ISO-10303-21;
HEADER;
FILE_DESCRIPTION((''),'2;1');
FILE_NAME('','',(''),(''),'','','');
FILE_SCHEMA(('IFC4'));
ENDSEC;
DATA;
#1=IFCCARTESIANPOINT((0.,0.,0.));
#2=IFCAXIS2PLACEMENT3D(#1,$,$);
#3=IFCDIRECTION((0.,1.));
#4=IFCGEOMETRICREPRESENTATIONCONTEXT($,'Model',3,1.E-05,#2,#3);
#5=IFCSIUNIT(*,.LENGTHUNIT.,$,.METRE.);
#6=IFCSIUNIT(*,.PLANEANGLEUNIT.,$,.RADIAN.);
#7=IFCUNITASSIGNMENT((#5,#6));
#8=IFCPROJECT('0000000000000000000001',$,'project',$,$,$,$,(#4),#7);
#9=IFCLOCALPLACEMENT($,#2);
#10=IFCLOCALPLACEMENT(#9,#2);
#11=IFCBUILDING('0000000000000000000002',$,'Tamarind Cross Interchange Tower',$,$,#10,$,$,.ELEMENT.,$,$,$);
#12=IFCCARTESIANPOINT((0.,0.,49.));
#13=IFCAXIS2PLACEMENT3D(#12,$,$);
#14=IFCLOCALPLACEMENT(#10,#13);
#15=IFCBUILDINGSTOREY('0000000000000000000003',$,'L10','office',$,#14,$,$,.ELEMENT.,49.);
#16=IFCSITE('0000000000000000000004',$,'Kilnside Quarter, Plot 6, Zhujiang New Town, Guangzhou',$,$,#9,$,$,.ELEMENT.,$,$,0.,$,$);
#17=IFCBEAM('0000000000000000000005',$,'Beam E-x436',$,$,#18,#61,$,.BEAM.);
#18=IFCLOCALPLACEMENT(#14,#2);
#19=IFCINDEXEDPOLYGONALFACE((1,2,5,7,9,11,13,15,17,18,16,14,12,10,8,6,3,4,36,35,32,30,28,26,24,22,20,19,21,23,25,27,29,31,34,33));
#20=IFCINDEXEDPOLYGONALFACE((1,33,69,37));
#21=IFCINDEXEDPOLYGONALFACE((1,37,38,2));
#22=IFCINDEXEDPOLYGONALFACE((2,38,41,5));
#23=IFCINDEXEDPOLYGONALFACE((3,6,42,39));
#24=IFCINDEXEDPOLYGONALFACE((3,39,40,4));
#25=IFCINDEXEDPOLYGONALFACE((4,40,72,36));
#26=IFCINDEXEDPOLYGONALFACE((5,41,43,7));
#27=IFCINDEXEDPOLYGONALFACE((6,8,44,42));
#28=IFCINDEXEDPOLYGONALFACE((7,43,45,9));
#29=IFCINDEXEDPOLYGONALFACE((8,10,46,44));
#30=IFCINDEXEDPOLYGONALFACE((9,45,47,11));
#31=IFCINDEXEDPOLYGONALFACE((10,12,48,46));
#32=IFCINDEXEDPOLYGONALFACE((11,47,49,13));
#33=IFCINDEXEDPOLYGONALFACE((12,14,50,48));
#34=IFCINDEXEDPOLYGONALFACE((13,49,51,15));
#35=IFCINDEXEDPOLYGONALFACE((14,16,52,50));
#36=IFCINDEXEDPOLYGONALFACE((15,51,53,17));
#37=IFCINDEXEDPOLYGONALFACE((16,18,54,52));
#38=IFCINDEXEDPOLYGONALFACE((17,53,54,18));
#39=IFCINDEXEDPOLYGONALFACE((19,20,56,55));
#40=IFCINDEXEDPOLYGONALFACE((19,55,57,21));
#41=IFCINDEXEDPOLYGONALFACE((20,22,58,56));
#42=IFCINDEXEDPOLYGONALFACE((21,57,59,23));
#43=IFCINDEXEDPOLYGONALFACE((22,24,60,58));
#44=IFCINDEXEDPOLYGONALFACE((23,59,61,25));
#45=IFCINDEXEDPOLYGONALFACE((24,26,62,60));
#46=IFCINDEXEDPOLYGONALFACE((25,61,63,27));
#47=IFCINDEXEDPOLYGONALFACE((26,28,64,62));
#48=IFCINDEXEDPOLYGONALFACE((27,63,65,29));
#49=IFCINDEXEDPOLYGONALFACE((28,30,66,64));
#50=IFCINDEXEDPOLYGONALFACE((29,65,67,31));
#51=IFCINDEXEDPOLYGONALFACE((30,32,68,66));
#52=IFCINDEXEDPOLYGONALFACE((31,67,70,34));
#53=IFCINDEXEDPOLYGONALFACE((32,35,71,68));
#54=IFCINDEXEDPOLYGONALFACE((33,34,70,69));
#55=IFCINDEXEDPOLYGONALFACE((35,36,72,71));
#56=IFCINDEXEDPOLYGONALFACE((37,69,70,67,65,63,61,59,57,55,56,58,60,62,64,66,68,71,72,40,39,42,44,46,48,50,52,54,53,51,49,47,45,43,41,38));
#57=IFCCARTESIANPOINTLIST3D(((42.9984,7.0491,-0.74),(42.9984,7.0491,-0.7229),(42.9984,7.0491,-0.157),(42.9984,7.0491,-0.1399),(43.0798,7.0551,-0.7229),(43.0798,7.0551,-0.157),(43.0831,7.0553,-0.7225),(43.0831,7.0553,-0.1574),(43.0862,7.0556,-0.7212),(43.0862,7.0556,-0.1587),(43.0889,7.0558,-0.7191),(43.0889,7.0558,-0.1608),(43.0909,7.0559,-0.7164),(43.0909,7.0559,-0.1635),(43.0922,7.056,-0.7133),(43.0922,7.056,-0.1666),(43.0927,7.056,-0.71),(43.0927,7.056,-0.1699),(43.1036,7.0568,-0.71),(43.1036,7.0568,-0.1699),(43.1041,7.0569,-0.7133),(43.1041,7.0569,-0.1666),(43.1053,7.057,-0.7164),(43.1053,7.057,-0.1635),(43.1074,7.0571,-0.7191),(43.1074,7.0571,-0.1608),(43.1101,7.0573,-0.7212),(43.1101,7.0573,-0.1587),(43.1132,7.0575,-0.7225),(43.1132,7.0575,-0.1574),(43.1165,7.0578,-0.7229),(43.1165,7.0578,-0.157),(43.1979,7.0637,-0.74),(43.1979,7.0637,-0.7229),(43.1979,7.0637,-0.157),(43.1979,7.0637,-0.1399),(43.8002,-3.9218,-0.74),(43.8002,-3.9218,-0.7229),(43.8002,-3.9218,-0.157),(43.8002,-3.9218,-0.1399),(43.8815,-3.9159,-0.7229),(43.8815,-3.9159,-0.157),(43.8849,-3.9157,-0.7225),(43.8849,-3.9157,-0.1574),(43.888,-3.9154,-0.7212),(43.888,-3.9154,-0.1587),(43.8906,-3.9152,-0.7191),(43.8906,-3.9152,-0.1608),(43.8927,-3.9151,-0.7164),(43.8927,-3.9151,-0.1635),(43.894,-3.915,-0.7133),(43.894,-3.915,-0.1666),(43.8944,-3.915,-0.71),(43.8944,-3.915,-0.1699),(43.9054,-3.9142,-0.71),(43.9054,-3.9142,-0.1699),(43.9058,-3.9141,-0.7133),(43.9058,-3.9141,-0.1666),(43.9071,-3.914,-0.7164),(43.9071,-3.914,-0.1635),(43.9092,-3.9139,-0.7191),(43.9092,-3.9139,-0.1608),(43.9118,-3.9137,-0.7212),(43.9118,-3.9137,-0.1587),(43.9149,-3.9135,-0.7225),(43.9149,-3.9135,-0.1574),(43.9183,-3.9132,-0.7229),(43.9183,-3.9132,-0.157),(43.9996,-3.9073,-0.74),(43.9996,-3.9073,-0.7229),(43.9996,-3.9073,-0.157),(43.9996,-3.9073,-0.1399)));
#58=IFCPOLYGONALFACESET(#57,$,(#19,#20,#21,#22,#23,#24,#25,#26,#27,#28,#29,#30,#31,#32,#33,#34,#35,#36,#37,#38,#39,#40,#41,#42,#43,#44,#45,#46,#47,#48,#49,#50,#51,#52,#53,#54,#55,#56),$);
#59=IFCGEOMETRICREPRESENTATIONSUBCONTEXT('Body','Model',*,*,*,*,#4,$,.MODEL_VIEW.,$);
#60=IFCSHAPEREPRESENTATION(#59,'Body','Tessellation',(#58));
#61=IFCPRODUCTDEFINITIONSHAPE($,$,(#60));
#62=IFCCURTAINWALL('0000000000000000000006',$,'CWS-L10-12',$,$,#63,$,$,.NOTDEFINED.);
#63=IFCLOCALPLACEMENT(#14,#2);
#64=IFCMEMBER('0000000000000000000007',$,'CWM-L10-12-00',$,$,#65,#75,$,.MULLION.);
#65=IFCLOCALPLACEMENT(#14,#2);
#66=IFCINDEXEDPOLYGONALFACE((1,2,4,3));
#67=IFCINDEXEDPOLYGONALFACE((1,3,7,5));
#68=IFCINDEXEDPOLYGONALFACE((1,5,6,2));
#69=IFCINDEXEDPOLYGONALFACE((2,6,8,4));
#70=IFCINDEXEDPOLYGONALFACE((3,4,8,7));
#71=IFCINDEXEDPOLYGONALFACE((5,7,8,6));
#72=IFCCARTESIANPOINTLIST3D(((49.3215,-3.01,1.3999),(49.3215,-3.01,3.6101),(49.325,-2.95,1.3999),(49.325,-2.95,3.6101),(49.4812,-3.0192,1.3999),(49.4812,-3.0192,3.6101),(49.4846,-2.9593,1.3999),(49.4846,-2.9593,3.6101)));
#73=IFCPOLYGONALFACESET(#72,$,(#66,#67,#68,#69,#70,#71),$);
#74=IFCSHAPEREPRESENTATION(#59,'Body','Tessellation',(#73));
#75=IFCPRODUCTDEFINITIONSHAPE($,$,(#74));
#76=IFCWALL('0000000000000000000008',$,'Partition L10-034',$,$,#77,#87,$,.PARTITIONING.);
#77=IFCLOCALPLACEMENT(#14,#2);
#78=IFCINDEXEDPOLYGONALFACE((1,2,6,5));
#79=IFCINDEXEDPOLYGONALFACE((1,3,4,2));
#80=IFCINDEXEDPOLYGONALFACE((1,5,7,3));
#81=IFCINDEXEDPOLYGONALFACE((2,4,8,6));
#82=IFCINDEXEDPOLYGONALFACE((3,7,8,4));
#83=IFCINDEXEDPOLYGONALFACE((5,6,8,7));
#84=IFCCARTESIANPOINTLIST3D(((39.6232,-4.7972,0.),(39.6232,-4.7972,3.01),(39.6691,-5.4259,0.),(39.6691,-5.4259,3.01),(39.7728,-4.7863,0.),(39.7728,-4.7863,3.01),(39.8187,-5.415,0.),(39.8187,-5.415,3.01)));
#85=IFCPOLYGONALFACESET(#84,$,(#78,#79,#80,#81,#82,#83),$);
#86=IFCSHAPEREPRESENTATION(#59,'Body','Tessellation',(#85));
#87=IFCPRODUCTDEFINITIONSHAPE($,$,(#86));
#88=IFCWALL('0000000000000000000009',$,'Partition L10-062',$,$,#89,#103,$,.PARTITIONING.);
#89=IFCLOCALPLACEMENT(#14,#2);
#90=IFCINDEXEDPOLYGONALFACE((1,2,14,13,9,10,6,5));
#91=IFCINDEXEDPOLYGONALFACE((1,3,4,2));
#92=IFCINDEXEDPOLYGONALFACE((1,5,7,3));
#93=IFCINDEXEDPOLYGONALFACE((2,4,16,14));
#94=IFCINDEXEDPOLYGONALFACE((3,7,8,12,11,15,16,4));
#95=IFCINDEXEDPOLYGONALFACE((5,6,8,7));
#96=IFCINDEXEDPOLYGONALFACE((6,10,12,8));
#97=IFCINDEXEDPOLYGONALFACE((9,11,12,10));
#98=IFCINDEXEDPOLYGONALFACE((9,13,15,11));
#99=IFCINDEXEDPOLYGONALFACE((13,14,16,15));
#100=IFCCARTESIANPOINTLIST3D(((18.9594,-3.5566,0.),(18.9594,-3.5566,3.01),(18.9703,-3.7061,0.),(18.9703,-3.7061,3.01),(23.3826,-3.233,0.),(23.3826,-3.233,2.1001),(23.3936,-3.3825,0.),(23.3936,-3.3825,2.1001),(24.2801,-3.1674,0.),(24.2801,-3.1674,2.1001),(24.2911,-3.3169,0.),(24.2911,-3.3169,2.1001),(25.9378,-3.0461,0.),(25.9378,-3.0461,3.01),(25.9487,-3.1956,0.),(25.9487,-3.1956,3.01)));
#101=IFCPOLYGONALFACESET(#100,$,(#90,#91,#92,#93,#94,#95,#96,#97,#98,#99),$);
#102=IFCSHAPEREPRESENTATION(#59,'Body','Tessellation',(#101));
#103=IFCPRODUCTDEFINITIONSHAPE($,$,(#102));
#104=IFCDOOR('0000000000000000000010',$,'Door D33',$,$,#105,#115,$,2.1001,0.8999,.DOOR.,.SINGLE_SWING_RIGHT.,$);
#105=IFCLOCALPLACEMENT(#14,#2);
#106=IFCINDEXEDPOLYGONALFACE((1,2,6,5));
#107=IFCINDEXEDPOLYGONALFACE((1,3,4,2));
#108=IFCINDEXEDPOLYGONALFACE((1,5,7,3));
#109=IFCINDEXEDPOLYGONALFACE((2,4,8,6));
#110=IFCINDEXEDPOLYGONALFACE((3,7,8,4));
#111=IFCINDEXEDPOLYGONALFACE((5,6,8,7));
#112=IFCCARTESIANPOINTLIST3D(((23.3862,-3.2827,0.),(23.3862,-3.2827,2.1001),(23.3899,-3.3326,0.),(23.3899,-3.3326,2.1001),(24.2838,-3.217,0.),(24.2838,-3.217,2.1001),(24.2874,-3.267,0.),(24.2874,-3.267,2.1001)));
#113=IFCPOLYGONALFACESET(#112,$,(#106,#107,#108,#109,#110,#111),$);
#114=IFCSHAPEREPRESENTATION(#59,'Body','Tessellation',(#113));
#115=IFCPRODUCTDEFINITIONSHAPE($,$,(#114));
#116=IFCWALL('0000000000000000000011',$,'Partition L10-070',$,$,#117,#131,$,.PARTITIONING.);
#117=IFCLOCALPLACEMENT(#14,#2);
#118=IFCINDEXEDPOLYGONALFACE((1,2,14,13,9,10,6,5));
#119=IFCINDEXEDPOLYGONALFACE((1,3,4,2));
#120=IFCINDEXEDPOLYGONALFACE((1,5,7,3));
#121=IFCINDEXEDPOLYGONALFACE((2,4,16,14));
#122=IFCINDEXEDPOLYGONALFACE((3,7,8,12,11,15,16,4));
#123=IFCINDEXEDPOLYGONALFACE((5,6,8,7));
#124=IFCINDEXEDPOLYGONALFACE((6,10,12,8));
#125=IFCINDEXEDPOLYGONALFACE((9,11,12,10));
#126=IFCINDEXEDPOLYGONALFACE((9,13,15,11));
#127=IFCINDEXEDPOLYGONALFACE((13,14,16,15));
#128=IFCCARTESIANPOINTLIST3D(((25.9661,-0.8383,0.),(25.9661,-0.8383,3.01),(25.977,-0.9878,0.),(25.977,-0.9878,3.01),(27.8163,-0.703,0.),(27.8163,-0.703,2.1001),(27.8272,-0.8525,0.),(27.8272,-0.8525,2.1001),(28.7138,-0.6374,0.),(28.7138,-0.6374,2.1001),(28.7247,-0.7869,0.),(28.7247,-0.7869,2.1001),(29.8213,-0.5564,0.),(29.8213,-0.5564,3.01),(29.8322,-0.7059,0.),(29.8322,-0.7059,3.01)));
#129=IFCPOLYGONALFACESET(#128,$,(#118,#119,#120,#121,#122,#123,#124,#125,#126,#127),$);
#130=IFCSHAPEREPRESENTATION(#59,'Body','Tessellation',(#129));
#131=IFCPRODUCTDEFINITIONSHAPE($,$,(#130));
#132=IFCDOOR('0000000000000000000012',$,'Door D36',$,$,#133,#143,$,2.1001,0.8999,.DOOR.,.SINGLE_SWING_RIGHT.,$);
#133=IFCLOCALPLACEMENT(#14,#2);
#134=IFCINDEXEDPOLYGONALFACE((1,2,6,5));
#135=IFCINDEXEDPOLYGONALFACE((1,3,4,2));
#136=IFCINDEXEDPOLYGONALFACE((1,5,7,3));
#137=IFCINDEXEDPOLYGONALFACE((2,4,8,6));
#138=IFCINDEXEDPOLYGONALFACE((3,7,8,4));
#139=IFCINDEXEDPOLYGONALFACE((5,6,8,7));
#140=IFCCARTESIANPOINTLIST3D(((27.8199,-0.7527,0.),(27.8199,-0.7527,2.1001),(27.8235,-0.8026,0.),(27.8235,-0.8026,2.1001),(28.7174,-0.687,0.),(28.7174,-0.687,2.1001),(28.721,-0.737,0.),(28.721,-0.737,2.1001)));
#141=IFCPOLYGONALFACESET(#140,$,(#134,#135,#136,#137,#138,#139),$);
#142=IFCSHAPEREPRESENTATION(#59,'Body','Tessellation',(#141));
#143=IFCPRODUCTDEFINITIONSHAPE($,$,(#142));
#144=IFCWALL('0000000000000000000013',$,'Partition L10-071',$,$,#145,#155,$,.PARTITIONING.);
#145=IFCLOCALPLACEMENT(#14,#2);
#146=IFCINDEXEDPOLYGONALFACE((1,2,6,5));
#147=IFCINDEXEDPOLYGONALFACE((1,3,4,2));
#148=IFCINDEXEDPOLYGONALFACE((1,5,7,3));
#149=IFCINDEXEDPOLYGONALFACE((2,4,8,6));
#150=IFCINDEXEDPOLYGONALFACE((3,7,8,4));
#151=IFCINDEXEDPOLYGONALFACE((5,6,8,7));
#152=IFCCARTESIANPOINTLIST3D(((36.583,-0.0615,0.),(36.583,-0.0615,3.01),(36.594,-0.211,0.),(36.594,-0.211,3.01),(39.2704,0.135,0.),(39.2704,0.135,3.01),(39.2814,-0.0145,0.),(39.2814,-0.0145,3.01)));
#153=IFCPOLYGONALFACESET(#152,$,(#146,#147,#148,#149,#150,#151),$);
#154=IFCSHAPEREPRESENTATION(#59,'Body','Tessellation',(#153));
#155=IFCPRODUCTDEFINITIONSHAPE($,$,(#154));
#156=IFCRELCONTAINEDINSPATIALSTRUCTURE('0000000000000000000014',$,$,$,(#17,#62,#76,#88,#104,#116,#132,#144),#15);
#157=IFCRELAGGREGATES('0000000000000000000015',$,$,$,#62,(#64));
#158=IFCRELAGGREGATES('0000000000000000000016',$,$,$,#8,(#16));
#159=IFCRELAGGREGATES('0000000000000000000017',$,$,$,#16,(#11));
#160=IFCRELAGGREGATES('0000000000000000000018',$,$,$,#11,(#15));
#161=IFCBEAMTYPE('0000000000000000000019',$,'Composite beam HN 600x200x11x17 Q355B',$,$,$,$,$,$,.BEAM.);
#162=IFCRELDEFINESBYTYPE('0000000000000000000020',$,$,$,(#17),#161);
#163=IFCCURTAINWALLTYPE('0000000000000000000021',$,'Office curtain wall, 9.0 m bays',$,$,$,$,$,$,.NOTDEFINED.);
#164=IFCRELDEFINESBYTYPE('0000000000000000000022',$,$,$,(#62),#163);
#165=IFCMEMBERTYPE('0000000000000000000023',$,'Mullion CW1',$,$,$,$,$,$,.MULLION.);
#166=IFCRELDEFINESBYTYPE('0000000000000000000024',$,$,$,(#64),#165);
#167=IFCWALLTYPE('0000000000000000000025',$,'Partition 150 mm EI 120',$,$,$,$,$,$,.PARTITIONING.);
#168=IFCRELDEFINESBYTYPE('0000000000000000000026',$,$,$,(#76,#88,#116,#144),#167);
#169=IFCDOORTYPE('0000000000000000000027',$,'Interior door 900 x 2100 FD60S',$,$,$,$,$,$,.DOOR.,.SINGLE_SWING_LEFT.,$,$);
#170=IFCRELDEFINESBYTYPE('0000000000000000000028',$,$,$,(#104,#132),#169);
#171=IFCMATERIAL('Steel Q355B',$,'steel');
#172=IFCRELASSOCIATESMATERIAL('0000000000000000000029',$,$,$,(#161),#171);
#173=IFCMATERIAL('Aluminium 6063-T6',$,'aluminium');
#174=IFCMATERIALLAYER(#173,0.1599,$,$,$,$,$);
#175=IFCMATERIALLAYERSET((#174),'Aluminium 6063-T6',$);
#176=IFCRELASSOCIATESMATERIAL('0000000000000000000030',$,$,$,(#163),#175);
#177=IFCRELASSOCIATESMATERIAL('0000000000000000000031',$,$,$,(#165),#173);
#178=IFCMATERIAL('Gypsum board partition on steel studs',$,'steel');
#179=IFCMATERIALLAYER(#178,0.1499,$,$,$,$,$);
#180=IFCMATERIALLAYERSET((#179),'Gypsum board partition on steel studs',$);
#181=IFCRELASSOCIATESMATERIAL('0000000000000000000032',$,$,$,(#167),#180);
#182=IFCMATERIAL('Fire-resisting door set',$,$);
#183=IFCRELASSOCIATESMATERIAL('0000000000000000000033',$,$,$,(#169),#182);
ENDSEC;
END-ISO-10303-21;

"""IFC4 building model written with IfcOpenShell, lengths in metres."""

from ifc_helpers import new_model, si_unit, direction, frame, frame_2d, origin, origin_2d, place, context, subcontext, project, spatial, rectangle, i_section, extrude, material, layer, layer_set, material_profile, profile_set, type_object, element, fill, aggregate, save


model = new_model("IFC4")

# Units and contexts
model_context = context("Model", 3, precision=1e-05, world=origin(), true_north=direction((0.0, 1.0)))
body_context = subcontext(model_context, "Body", "Model", "MODEL_VIEW")
ifc_project = project(units=[si_unit("LENGTHUNIT", "METRE"), si_unit("PLANEANGLEUNIT", "RADIAN")], contexts=[model_context])

# Site, building, storey
site_placement = place(None, origin())
site = spatial("IfcSite", under=ifc_project, at=site_placement, Name="Kilnside Quarter, Plot 6, Zhujiang New Town, Guangzhou", CompositionType="ELEMENT", RefElevation=0.0)
building_placement = place(site_placement, origin())
building = spatial("IfcBuilding", under=site, at=building_placement, Name="Tamarind Cross Interchange Tower", CompositionType="ELEMENT")
storey_placement = place(building_placement, frame((0.0, 0.0, 49.0)))
storey = spatial("IfcBuildingStorey", under=building, at=storey_placement, Name="L10", Description="office", CompositionType="ELEMENT", Elevation=49.0)

# Beam
ifc_material_1 = material(Name="Steel Q355B", Category="steel")
ifc_material_profile_1 = material_profile(ifc_material_1, i_section(OverallWidth=0.2, OverallDepth=0.6001, WebThickness=0.011, FlangeThickness=0.0171, FilletRadius=0.0129, at=origin_2d()), Name="HN 600x200x11x17")
ifc_profile_set_1 = profile_set([ifc_material_profile_1], Name="Steel Q355B")
beam_type_1 = type_object("IfcBeamType", Name="Composite beam HN 600x200x11x17 Q355B", PredefinedType="BEAM", material=ifc_profile_set_1)
beam_1_placement = place(storey_placement, frame((43.8999, -3.9146, -0.4399), z_axis=(-0.072886, 0.99734, 0.0), x_axis=(-0.99734, -0.072886, 0.0)))
element("IfcBeam", 1, at=beam_1_placement, inside=storey, type_object=beam_type_1, Name="Beam E-x436", PredefinedType="BEAM", context=body_context, shape_type="SweptSolid", body=[
    extrude(i_section(OverallWidth=0.2, OverallDepth=0.6001, WebThickness=0.011, FlangeThickness=0.0171, FilletRadius=0.0129, at=origin_2d()), origin(), (0.0, 0.0, 1.0), 11.0002),
])

# Curtain wall, member
ifc_material_2 = material(Name="Aluminium 6063-T6", Category="aluminium")
ifc_layer_1 = layer(ifc_material_2, 0.1599)
ifc_layer_set_1 = layer_set([ifc_layer_1], Name="Aluminium 6063-T6")
curtain_wall_type = type_object("IfcCurtainWallType", Name="Office curtain wall, 9.0 m bays", PredefinedType="NOTDEFINED", material=ifc_layer_set_1)
curtain_wall_placement = place(storey_placement, origin())
curtain_wall = element("IfcCurtainWall", 2, at=curtain_wall_placement, inside=storey, type_object=curtain_wall_type, Name="CWS-L10-12", PredefinedType="NOTDEFINED")
ifc_material_profile_2 = material_profile(ifc_material_2, rectangle(XDim=0.0601, YDim=0.1599, at=origin_2d()), Name="Mullion CW1")
ifc_profile_set_2 = profile_set([ifc_material_profile_2], Name="Aluminium 6063-T6")
member_type = type_object("IfcMemberType", Name="Mullion CW1", PredefinedType="MULLION", material=ifc_profile_set_2)
member_placement = place(storey_placement, frame((49.4031, -2.9846, 1.3999), z_axis=(0.0, 0.0, 1.0), x_axis=(0.057926, 0.998321, 0.0)))
member = element("IfcMember", 3, at=member_placement, type_object=member_type, Name="CWM-L10-12-00", PredefinedType="MULLION", context=body_context, shape_type="SweptSolid", body=[
    extrude(rectangle(XDim=0.0601, YDim=0.1599, at=origin_2d()), origin(), (0.0, 0.0, 1.0), 2.2102),
])
aggregate(curtain_wall, [member])

# Wall
ifc_material_3 = material(Name="Gypsum board partition on steel studs", Category="steel")
ifc_layer_2 = layer(ifc_material_3, 0.1499)
ifc_layer_set_2 = layer_set([ifc_layer_2], Name="Gypsum board partition on steel studs")
wall_type_1 = type_object("IfcWallType", Name="Partition 150 mm EI 120", PredefinedType="PARTITIONING", material=ifc_layer_set_2)
wall_1_placement = place(storey_placement, frame((39.698, -4.7917, 0.0), z_axis=(0.0, 0.0, 1.0), x_axis=(0.072816, -0.997345, 0.0)))
element("IfcWall", 4, at=wall_1_placement, inside=storey, type_object=wall_type_1, Name="Partition L10-034", PredefinedType="PARTITIONING", context=body_context, shape_type="SweptSolid", body=[
    extrude(rectangle(XDim=0.6304, YDim=0.1499, at=frame_2d((0.3152, 0.0))), origin(), (0.0, 0.0, 1.0), 3.01),
])

# Walls, openings, doors
wall_2_placement = place(storey_placement, frame((18.9648, -3.6313, 0.0), z_axis=(0.0, 0.0, 1.0), x_axis=(0.997335, 0.072958, 0.0)))
wall_2 = element("IfcWall", 5, at=wall_2_placement, inside=storey, type_object=wall_type_1, Name="Partition L10-062", PredefinedType="PARTITIONING", context=body_context, shape_type="SweptSolid", body=[
    extrude(rectangle(XDim=6.9971, YDim=0.1499, at=frame_2d((3.4985, 0.0))), origin(), (0.0, 0.0, 1.0), 3.01),
])
opening_1_placement = place(wall_2_placement, frame((4.4351, 0.0, 0.0)))
opening_1 = element("IfcOpeningElement", 6, at=opening_1_placement, cuts=wall_2, PredefinedType="OPENING", context=body_context, shape_type="SweptSolid", body=[
    extrude(rectangle(XDim=0.8999, YDim=2.1001, at=frame_2d((0.45, 1.05))), frame((0.0, 0.085, 0.0), z_axis=(0.0, -1.0, 0.0), x_axis=(1.0, 0.0, 0.0)), (0.0, 0.0, 1.0), 0.1699),
])
ifc_material_4 = material(Name="Fire-resisting door set")
door_type_1 = type_object("IfcDoorType", Name="Interior door 900 x 2100 FD60S", OperationType="SINGLE_SWING_LEFT", PredefinedType="DOOR", material=ifc_material_4)
door_1_placement = place(opening_1_placement, frame((0.8999, 0.0, 0.0), z_axis=(0.0, 0.0, 1.0), x_axis=(-1.0, 0.0, 0.0)))
door_1 = element("IfcDoor", 7, at=door_1_placement, inside=storey, type_object=door_type_1, Name="Door D33", OperationType="SINGLE_SWING_RIGHT", OverallHeight=2.1001, OverallWidth=0.8999, PredefinedType="DOOR", context=body_context, shape_type="SweptSolid", body=[
    extrude(rectangle(XDim=0.8999, YDim=2.1001, at=frame_2d((0.45, 1.05))), frame((0.0, 0.0249, 0.0), z_axis=(0.0, -1.0, 0.0), x_axis=(1.0, 0.0, 0.0)), (0.0, 0.0, 1.0), 0.05),
])
fill(opening_1, door_1)
wall_3_placement = place(storey_placement, frame((25.9717, -0.9131, 0.0), z_axis=(0.0, 0.0, 1.0), x_axis=(0.997336, 0.072948, 0.0)))
wall_3 = element("IfcWall", 8, at=wall_3_placement, inside=storey, type_object=wall_type_1, Name="Partition L10-070", PredefinedType="PARTITIONING", context=body_context, shape_type="SweptSolid", body=[
    extrude(rectangle(XDim=3.8655, YDim=0.1499, at=frame_2d((1.9326, 0.0))), origin(), (0.0, 0.0, 1.0), 3.01),
])
opening_2_placement = place(wall_3_placement, frame((1.855, 0.0, 0.0)))
opening_2 = element("IfcOpeningElement", 9, at=opening_2_placement, cuts=wall_3, PredefinedType="OPENING", context=body_context, shape_type="SweptSolid", body=[
    extrude(rectangle(XDim=0.8999, YDim=2.1001, at=frame_2d((0.45, 1.05))), frame((0.0, 0.085, 0.0), z_axis=(0.0, -1.0, 0.0), x_axis=(1.0, 0.0, 0.0)), (0.0, 0.0, 1.0), 0.1699),
])
door_2_placement = place(opening_2_placement, frame((0.8999, 0.0, 0.0), z_axis=(0.0, 0.0, 1.0), x_axis=(-1.0, 0.0, 0.0)))
door_2 = element("IfcDoor", 10, at=door_2_placement, inside=storey, type_object=door_type_1, Name="Door D36", OperationType="SINGLE_SWING_RIGHT", OverallHeight=2.1001, OverallWidth=0.8999, PredefinedType="DOOR", context=body_context, shape_type="SweptSolid", body=[
    extrude(rectangle(XDim=0.8999, YDim=2.1001, at=frame_2d((0.45, 1.05))), frame((0.0, 0.0249, 0.0), z_axis=(0.0, -1.0, 0.0), x_axis=(1.0, 0.0, 0.0)), (0.0, 0.0, 1.0), 0.05),
])
fill(opening_2, door_2)

# Wall
wall_4_placement = place(storey_placement, frame((36.5886, -0.1362, 0.0), z_axis=(0.0, 0.0, 1.0), x_axis=(0.997337, 0.072934, 0.0)))
element("IfcWall", 11, at=wall_4_placement, inside=storey, type_object=wall_type_1, Name="Partition L10-071", PredefinedType="PARTITIONING", context=body_context, shape_type="SweptSolid", body=[
    extrude(rectangle(XDim=2.6946, YDim=0.1499, at=frame_2d((1.3472, 0.0))), origin(), (0.0, 0.0, 1.0), 3.01),
])

save(model, "model.ifc")
